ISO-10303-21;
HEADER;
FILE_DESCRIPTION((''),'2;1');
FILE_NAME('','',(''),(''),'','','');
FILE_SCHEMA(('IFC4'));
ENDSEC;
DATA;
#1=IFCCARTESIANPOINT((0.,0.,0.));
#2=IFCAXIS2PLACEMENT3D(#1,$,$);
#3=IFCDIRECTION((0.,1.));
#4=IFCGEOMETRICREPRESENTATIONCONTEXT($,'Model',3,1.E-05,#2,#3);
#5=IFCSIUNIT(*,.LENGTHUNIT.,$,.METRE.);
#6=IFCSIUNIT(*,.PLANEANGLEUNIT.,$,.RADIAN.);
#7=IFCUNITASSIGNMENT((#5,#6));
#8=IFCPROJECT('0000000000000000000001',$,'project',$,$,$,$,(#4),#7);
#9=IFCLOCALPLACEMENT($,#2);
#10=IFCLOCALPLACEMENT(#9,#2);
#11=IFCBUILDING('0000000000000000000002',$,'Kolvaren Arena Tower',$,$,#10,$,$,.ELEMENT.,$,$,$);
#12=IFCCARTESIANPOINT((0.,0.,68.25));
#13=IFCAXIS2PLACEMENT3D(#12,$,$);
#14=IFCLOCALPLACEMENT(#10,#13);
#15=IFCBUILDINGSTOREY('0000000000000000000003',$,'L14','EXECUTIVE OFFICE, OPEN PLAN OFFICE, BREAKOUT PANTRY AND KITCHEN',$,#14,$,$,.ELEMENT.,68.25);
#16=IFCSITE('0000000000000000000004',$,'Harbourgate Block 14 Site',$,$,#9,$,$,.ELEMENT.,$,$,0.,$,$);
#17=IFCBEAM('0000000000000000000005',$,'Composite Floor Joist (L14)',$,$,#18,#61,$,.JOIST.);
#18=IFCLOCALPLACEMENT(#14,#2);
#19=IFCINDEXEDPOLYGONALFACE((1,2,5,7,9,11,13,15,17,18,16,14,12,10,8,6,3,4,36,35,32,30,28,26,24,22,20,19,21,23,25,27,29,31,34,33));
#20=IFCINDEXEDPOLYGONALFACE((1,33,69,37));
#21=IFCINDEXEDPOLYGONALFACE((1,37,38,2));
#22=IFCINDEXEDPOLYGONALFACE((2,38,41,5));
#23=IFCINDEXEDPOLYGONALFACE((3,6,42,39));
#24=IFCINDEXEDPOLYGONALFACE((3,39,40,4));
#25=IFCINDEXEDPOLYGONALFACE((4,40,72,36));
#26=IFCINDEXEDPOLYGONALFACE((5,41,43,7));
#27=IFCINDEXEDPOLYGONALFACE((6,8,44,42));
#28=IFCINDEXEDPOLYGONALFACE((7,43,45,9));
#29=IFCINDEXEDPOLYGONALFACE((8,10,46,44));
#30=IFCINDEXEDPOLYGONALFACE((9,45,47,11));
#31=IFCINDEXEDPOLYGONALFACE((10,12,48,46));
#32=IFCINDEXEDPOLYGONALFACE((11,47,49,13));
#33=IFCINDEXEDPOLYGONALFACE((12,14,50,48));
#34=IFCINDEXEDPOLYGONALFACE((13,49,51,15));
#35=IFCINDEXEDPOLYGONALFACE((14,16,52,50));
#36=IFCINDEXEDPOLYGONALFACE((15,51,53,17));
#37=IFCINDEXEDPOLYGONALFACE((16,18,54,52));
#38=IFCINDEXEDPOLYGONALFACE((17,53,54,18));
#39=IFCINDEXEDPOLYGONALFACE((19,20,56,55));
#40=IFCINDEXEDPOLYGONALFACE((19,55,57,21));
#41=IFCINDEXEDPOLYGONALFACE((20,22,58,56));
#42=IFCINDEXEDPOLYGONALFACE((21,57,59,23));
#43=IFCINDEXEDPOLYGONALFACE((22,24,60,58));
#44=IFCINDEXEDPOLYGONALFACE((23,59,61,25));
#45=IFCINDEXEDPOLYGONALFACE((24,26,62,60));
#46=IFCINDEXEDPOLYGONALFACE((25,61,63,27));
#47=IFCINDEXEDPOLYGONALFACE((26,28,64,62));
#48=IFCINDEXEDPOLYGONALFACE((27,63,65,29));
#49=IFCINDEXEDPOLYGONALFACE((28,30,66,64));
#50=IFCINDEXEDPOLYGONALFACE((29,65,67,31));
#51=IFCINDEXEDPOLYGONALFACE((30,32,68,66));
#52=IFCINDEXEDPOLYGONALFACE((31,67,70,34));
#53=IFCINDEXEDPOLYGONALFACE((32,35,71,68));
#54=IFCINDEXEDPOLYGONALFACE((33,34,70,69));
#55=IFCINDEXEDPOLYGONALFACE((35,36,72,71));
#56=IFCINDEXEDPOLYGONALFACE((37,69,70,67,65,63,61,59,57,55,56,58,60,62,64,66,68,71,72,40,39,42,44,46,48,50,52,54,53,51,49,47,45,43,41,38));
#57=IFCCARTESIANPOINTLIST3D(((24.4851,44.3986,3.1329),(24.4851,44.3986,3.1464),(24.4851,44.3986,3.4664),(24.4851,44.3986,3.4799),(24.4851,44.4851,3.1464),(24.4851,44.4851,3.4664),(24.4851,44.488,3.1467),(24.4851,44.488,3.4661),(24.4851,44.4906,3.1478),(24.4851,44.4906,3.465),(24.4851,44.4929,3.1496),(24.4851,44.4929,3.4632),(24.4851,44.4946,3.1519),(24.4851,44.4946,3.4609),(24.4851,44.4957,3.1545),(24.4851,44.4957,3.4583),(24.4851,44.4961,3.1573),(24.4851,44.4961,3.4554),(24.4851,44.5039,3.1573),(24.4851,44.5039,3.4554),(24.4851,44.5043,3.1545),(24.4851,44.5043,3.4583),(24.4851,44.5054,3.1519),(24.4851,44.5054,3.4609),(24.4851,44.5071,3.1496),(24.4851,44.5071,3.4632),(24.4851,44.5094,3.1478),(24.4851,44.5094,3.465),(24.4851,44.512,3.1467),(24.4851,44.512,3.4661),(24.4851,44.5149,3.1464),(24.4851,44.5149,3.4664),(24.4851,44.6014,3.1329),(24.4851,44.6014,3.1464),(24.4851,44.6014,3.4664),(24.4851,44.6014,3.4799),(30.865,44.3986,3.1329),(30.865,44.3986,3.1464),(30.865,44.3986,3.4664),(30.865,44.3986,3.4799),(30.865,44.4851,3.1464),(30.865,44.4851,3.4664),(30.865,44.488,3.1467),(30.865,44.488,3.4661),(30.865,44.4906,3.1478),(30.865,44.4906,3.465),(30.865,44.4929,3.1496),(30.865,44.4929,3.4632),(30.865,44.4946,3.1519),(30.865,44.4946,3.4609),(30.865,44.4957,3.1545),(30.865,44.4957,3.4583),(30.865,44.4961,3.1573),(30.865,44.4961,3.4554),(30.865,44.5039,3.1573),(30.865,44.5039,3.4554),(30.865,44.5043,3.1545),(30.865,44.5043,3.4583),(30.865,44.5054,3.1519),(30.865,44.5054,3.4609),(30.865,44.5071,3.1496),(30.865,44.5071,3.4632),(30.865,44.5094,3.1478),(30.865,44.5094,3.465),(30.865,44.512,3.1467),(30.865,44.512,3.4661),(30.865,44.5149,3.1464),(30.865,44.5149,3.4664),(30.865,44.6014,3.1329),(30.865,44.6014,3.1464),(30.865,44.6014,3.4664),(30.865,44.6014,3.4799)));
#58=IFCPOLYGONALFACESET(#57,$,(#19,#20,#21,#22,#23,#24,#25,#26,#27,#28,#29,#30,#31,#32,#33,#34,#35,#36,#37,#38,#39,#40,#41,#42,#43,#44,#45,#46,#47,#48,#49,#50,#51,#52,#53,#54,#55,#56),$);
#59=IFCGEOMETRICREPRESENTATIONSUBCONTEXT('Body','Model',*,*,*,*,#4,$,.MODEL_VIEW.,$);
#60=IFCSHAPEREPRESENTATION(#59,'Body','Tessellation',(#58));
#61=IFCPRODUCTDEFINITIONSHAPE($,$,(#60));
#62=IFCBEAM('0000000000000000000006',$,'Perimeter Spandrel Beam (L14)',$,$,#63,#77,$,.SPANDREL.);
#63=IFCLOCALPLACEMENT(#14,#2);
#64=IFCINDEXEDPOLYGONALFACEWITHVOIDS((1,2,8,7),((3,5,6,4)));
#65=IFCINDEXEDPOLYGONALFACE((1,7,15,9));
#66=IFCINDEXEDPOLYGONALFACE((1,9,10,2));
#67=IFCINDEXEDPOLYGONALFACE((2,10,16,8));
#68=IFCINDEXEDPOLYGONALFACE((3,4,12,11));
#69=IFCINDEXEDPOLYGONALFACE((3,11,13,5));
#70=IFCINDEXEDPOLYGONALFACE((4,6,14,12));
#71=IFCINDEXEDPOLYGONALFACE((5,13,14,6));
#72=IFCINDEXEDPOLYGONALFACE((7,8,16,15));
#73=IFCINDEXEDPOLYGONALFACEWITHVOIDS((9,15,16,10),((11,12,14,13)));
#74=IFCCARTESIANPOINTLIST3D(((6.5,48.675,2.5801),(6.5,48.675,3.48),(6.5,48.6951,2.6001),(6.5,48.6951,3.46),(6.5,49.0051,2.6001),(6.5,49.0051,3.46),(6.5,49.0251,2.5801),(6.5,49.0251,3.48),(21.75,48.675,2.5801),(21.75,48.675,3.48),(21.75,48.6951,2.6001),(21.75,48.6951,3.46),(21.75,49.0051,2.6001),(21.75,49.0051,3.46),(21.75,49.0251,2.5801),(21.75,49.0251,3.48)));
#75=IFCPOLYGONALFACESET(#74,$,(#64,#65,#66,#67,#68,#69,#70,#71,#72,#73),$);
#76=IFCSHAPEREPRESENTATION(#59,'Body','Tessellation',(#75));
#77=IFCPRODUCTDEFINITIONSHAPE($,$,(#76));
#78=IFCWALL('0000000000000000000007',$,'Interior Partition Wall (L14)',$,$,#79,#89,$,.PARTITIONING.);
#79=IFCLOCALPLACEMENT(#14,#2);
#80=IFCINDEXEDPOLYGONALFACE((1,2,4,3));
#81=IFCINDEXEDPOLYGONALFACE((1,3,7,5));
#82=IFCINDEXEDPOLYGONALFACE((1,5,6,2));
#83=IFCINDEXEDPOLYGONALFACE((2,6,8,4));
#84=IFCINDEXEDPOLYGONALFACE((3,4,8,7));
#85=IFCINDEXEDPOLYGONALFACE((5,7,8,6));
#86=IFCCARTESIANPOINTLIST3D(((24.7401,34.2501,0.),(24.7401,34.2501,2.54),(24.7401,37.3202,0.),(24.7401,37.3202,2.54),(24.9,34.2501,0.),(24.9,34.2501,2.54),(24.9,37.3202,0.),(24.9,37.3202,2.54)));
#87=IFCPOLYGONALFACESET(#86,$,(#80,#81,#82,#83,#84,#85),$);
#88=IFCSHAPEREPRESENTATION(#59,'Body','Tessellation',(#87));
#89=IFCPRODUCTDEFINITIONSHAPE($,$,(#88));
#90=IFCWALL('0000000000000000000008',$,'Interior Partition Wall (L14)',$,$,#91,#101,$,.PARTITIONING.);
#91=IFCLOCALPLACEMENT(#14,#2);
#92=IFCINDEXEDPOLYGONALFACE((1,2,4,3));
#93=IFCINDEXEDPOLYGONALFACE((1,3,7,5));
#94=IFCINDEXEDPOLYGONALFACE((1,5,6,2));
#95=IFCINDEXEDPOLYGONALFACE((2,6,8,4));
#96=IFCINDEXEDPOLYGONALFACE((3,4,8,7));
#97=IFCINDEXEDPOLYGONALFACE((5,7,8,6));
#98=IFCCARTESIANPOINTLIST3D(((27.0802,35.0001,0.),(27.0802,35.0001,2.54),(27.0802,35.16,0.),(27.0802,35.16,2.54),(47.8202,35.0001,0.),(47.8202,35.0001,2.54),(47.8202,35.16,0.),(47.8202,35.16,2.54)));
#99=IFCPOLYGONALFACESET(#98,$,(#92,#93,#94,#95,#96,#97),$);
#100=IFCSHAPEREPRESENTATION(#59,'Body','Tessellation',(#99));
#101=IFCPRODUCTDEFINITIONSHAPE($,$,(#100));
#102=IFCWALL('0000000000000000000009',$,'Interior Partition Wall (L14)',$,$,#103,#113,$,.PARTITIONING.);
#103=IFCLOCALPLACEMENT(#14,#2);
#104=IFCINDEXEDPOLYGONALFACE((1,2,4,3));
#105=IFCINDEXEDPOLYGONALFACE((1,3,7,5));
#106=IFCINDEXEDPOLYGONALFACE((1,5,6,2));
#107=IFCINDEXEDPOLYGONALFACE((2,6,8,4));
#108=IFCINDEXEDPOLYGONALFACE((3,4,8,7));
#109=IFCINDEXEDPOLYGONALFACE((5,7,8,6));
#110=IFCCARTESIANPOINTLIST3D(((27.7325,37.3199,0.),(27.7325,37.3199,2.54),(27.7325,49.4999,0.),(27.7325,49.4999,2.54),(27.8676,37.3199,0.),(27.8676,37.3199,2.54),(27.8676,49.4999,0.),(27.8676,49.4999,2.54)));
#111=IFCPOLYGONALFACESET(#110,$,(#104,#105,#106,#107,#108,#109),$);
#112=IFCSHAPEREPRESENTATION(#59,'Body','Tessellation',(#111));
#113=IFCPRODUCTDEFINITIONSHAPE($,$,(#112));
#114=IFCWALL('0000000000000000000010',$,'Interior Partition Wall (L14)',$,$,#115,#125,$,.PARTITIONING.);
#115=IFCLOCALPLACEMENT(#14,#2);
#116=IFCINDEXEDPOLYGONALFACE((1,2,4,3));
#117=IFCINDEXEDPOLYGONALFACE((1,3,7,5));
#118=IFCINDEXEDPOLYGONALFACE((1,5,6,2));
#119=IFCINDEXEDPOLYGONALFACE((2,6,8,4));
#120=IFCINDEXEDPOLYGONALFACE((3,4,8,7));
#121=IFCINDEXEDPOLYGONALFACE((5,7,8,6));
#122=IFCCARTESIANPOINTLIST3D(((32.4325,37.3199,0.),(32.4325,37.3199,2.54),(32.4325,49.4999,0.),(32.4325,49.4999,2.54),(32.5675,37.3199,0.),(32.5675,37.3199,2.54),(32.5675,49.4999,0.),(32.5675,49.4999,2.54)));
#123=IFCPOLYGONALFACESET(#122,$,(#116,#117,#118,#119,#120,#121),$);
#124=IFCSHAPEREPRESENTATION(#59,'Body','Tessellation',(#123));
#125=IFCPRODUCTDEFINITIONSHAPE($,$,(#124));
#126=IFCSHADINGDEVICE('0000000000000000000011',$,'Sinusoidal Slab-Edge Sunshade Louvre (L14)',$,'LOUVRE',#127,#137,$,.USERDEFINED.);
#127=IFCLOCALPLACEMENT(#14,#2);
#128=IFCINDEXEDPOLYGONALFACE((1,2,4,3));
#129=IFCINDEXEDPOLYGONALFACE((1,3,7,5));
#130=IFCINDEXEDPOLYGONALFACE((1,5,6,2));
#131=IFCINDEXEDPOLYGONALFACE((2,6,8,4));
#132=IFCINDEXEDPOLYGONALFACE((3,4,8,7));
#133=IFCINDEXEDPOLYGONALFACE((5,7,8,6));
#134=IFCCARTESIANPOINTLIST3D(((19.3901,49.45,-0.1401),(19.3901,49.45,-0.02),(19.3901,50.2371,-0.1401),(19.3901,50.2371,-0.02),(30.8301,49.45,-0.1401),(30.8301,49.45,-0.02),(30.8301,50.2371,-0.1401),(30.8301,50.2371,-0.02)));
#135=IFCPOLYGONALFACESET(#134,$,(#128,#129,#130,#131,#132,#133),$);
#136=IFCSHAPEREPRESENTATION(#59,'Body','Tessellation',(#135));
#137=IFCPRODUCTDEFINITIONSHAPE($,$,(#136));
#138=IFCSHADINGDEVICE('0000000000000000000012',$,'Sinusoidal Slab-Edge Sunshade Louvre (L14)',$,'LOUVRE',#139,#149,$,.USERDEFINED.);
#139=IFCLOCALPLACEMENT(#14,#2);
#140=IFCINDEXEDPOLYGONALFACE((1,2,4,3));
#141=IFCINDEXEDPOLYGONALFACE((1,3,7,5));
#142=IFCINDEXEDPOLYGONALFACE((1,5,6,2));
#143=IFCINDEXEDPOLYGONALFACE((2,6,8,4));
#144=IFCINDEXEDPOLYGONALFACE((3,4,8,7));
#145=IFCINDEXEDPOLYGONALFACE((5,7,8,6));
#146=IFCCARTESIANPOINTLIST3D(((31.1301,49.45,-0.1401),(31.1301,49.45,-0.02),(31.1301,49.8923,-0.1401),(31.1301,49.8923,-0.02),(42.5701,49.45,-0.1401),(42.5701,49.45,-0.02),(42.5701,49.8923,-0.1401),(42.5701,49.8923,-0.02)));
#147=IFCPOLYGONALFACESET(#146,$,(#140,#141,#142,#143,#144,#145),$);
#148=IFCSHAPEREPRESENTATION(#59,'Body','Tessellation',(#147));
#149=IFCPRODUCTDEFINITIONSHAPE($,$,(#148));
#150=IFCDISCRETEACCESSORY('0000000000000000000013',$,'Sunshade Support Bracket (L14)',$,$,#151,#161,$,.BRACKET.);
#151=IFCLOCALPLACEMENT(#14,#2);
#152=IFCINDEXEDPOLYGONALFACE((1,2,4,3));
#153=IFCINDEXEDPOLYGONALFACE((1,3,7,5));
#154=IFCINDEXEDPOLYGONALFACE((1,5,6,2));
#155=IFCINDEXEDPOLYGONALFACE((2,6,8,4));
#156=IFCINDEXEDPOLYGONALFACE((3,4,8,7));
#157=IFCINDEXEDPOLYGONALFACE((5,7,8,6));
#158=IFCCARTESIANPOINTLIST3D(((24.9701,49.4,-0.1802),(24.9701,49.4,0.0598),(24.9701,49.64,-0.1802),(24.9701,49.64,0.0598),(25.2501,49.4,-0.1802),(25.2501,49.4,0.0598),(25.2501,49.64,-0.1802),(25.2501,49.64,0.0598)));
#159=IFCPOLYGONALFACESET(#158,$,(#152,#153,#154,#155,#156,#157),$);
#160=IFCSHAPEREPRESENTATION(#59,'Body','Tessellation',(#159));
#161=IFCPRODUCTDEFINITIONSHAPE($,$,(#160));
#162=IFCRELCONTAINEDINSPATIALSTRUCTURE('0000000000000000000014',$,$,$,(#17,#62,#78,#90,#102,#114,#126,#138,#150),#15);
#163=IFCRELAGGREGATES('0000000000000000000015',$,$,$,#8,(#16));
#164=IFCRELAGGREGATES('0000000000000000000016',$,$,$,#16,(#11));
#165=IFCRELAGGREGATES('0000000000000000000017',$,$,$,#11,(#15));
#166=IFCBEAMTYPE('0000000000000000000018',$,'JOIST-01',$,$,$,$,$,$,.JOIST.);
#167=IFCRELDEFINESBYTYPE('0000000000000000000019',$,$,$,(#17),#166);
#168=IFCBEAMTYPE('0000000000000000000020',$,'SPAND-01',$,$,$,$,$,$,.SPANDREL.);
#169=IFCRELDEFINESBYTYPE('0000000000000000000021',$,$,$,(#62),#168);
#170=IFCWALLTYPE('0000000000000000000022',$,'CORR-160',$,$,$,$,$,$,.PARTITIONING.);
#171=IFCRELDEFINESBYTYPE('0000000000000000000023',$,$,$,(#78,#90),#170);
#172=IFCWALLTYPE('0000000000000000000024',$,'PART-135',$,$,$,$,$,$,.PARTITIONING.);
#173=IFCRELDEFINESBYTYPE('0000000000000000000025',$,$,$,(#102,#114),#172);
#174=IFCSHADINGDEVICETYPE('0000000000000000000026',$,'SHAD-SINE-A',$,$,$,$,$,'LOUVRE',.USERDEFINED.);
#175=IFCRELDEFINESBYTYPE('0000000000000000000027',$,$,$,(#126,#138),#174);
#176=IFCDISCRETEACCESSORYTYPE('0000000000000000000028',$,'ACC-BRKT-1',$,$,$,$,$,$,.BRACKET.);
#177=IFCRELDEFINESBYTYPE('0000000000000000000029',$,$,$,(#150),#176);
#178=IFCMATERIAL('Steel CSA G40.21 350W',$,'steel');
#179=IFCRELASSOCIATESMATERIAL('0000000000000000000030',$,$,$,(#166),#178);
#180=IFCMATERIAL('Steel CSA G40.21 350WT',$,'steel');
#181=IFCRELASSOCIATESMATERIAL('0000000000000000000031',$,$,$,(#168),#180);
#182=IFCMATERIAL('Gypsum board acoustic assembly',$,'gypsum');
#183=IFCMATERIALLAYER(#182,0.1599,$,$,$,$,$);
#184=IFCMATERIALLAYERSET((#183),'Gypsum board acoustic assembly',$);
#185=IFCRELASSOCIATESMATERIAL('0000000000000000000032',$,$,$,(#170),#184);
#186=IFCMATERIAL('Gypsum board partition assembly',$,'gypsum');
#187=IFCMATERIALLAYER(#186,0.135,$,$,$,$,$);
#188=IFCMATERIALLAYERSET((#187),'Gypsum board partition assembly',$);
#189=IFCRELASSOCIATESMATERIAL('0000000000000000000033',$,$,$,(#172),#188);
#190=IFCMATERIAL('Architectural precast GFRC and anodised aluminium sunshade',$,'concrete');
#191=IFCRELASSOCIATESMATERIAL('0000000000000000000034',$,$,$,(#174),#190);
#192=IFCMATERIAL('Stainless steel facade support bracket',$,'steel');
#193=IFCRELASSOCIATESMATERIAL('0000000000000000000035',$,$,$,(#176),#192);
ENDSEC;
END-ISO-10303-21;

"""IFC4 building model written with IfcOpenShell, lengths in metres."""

from ifc_helpers import new_model, si_unit, direction, frame, frame_2d, origin, origin_2d, place, context, subcontext, project, spatial, rectangle, hollow_rectangle, i_section, extrude, material, layer, layer_set, material_profile, profile_set, type_object, element, save


model = new_model("IFC4")

# Units and contexts
model_context = context("Model", 3, precision=1e-05, world=origin(), true_north=direction((0.0, 1.0)))
body_context = subcontext(model_context, "Body", "Model", "MODEL_VIEW")
ifc_project = project(units=[si_unit("LENGTHUNIT", "METRE"), si_unit("PLANEANGLEUNIT", "RADIAN")], contexts=[model_context])

# Site, building, storey
site_placement = place(None, origin())
site = spatial("IfcSite", under=ifc_project, at=site_placement, Name="Harbourgate Block 14 Site", CompositionType="ELEMENT", RefElevation=0.0)
building_placement = place(site_placement, origin())
building = spatial("IfcBuilding", under=site, at=building_placement, Name="Kolvaren Arena Tower", CompositionType="ELEMENT")
storey_placement = place(building_placement, frame((0.0, 0.0, 68.25)))
storey = spatial("IfcBuildingStorey", under=building, at=storey_placement, Name="L14", Description="EXECUTIVE OFFICE, OPEN PLAN OFFICE, BREAKOUT PANTRY AND KITCHEN", CompositionType="ELEMENT", Elevation=68.25)

# Beams
ifc_material_1 = material(Name="Steel CSA G40.21 350W", Category="steel")
ifc_material_profile_1 = material_profile(ifc_material_1, i_section(OverallWidth=0.2029, OverallDepth=0.3469, WebThickness=0.0078, FlangeThickness=0.0134, FilletRadius=0.011, at=origin_2d()), Name="W360x64")
ifc_profile_set_1 = profile_set([ifc_material_profile_1], Name="Steel CSA G40.21 350W")
beam_type_1 = type_object("IfcBeamType", Name="JOIST-01", PredefinedType="JOIST", material=ifc_profile_set_1)
beam_1_placement = place(storey_placement, frame((24.4851, 44.5, 3.3064), z_axis=(1.0, 0.0, 0.0), x_axis=(0.0, 1.0, 0.0)))
element("IfcBeam", 1, at=beam_1_placement, inside=storey, type_object=beam_type_1, Name="Composite Floor Joist (L14)", PredefinedType="JOIST", context=body_context, shape_type="SweptSolid", body=[
    extrude(i_section(OverallWidth=0.2029, OverallDepth=0.3469, WebThickness=0.0078, FlangeThickness=0.0134, FilletRadius=0.011, at=origin_2d()), origin(), (0.0, 0.0, 1.0), 6.3799),
])
ifc_material_2 = material(Name="Steel CSA G40.21 350WT", Category="steel")
ifc_material_profile_2 = material_profile(ifc_material_2, hollow_rectangle(XDim=0.3501, YDim=0.8999, WallThickness=0.02, at=origin_2d()), Name="HSS 900x350x20")
ifc_profile_set_2 = profile_set([ifc_material_profile_2], Name="Steel CSA G40.21 350WT")
beam_type_2 = type_object("IfcBeamType", Name="SPAND-01", PredefinedType="SPANDREL", material=ifc_profile_set_2)
beam_2_placement = place(storey_placement, frame((21.75, 48.8501, 3.03), z_axis=(-1.0, 0.0, 0.0), x_axis=(0.0, -1.0, 0.0)))
element("IfcBeam", 2, at=beam_2_placement, inside=storey, type_object=beam_type_2, Name="Perimeter Spandrel Beam (L14)", PredefinedType="SPANDREL", context=body_context, shape_type="SweptSolid", body=[
    extrude(hollow_rectangle(XDim=0.3501, YDim=0.8999, WallThickness=0.02, at=origin_2d()), origin(), (0.0, 0.0, 1.0), 15.25),
])

# Wall
ifc_material_3 = material(Name="Gypsum board acoustic assembly", Category="gypsum")
ifc_layer_1 = layer(ifc_material_3, 0.1599)
ifc_layer_set_1 = layer_set([ifc_layer_1], Name="Gypsum board acoustic assembly")
wall_type_1 = type_object("IfcWallType", Name="CORR-160", PredefinedType="PARTITIONING", material=ifc_layer_set_1)
wall_1_placement = place(storey_placement, frame((24.8201, 34.25, 0.0), z_axis=(0.0, 0.0, 1.0), x_axis=(0.0, 1.0, 0.0)))
element("IfcWall", 3, at=wall_1_placement, inside=storey, type_object=wall_type_1, Name="Interior Partition Wall (L14)", PredefinedType="PARTITIONING", context=body_context, shape_type="SweptSolid", body=[
    extrude(rectangle(XDim=3.0701, YDim=0.1599, at=frame_2d((1.5352, 0.0))), origin(), (0.0, 0.0, 1.0), 2.54),
])

# Walls
wall_2_placement = place(storey_placement, frame((27.0801, 35.0801, 0.0), z_axis=(0.0, 0.0, 1.0), x_axis=(1.0, 0.0, 0.0)))
element("IfcWall", 4, at=wall_2_placement, inside=storey, type_object=wall_type_1, Name="Interior Partition Wall (L14)", PredefinedType="PARTITIONING", context=body_context, shape_type="SweptSolid", body=[
    extrude(rectangle(XDim=20.74, YDim=0.1599, at=frame_2d((10.3701, 0.0))), origin(), (0.0, 0.0, 1.0), 2.54),
])
ifc_material_4 = material(Name="Gypsum board partition assembly", Category="gypsum")
ifc_layer_2 = layer(ifc_material_4, 0.135)
ifc_layer_set_2 = layer_set([ifc_layer_2], Name="Gypsum board partition assembly")
wall_type_2 = type_object("IfcWallType", Name="PART-135", PredefinedType="PARTITIONING", material=ifc_layer_set_2)
for number, where, z_axis, x_axis, name in (
    (5, (27.8, 37.3201, 0.0), (0.0, 0.0, 1.0), (0.0, 1.0, 0.0), "Interior Partition Wall (L14)"),
    (6, (32.5, 37.3201, 0.0), (0.0, 0.0, 1.0), (0.0, 1.0, 0.0), "Interior Partition Wall (L14)"),
):
    element("IfcWall", number, at=place(storey_placement, frame(where, z_axis=z_axis, x_axis=x_axis)), inside=storey, type_object=wall_type_2, Name=name, PredefinedType="PARTITIONING", context=body_context, shape_type="SweptSolid", body=[
        extrude(rectangle(XDim=12.1799, YDim=0.135, at=frame_2d((6.0898, 0.0))), origin(), (0.0, 0.0, 1.0), 2.54),
    ])

# Shading devices
ifc_material_5 = material(Name="Architectural precast GFRC and anodised aluminium sunshade", Category="concrete")
shading_device_type = type_object("IfcShadingDeviceType", Name="SHAD-SINE-A", ElementType="LOUVRE", PredefinedType="USERDEFINED", material=ifc_material_5)
shading_device_1_placement = place(storey_placement, frame((25.1101, 49.8435, -0.1401), z_axis=(0.0, 0.0, 1.0), x_axis=(1.0, 0.0, 0.0)))
element("IfcShadingDevice", 7, at=shading_device_1_placement, inside=storey, type_object=shading_device_type, Name="Sinusoidal Slab-Edge Sunshade Louvre (L14)", ObjectType="LOUVRE", PredefinedType="USERDEFINED", context=body_context, shape_type="SweptSolid", body=[
    extrude(rectangle(XDim=11.4399, YDim=0.7871, at=origin_2d()), origin(), (0.0, 0.0, 1.0), 0.1201),
])
shading_device_2_placement = place(storey_placement, frame((36.8501, 49.6711, -0.1401), z_axis=(0.0, 0.0, 1.0), x_axis=(1.0, 0.0, 0.0)))
element("IfcShadingDevice", 8, at=shading_device_2_placement, inside=storey, type_object=shading_device_type, Name="Sinusoidal Slab-Edge Sunshade Louvre (L14)", ObjectType="LOUVRE", PredefinedType="USERDEFINED", context=body_context, shape_type="SweptSolid", body=[
    extrude(rectangle(XDim=11.4399, YDim=0.4424, at=origin_2d()), origin(), (0.0, 0.0, 1.0), 0.1201),
])

# Discrete accessory
ifc_material_6 = material(Name="Stainless steel facade support bracket", Category="steel")
discrete_accessory_type = type_object("IfcDiscreteAccessoryType", Name="ACC-BRKT-1", PredefinedType="BRACKET", material=ifc_material_6)
discrete_accessory_placement = place(storey_placement, frame((25.1101, 49.52, -0.1802), z_axis=(0.0, 0.0, 1.0), x_axis=(1.0, 0.0, 0.0)))
element("IfcDiscreteAccessory", 9, at=discrete_accessory_placement, inside=storey, type_object=discrete_accessory_type, Name="Sunshade Support Bracket (L14)", PredefinedType="BRACKET", context=body_context, shape_type="SweptSolid", body=[
    extrude(rectangle(XDim=0.28, YDim=0.24, at=origin_2d()), origin(), (0.0, 0.0, 1.0), 0.24),
])

save(model, "model.ifc")
